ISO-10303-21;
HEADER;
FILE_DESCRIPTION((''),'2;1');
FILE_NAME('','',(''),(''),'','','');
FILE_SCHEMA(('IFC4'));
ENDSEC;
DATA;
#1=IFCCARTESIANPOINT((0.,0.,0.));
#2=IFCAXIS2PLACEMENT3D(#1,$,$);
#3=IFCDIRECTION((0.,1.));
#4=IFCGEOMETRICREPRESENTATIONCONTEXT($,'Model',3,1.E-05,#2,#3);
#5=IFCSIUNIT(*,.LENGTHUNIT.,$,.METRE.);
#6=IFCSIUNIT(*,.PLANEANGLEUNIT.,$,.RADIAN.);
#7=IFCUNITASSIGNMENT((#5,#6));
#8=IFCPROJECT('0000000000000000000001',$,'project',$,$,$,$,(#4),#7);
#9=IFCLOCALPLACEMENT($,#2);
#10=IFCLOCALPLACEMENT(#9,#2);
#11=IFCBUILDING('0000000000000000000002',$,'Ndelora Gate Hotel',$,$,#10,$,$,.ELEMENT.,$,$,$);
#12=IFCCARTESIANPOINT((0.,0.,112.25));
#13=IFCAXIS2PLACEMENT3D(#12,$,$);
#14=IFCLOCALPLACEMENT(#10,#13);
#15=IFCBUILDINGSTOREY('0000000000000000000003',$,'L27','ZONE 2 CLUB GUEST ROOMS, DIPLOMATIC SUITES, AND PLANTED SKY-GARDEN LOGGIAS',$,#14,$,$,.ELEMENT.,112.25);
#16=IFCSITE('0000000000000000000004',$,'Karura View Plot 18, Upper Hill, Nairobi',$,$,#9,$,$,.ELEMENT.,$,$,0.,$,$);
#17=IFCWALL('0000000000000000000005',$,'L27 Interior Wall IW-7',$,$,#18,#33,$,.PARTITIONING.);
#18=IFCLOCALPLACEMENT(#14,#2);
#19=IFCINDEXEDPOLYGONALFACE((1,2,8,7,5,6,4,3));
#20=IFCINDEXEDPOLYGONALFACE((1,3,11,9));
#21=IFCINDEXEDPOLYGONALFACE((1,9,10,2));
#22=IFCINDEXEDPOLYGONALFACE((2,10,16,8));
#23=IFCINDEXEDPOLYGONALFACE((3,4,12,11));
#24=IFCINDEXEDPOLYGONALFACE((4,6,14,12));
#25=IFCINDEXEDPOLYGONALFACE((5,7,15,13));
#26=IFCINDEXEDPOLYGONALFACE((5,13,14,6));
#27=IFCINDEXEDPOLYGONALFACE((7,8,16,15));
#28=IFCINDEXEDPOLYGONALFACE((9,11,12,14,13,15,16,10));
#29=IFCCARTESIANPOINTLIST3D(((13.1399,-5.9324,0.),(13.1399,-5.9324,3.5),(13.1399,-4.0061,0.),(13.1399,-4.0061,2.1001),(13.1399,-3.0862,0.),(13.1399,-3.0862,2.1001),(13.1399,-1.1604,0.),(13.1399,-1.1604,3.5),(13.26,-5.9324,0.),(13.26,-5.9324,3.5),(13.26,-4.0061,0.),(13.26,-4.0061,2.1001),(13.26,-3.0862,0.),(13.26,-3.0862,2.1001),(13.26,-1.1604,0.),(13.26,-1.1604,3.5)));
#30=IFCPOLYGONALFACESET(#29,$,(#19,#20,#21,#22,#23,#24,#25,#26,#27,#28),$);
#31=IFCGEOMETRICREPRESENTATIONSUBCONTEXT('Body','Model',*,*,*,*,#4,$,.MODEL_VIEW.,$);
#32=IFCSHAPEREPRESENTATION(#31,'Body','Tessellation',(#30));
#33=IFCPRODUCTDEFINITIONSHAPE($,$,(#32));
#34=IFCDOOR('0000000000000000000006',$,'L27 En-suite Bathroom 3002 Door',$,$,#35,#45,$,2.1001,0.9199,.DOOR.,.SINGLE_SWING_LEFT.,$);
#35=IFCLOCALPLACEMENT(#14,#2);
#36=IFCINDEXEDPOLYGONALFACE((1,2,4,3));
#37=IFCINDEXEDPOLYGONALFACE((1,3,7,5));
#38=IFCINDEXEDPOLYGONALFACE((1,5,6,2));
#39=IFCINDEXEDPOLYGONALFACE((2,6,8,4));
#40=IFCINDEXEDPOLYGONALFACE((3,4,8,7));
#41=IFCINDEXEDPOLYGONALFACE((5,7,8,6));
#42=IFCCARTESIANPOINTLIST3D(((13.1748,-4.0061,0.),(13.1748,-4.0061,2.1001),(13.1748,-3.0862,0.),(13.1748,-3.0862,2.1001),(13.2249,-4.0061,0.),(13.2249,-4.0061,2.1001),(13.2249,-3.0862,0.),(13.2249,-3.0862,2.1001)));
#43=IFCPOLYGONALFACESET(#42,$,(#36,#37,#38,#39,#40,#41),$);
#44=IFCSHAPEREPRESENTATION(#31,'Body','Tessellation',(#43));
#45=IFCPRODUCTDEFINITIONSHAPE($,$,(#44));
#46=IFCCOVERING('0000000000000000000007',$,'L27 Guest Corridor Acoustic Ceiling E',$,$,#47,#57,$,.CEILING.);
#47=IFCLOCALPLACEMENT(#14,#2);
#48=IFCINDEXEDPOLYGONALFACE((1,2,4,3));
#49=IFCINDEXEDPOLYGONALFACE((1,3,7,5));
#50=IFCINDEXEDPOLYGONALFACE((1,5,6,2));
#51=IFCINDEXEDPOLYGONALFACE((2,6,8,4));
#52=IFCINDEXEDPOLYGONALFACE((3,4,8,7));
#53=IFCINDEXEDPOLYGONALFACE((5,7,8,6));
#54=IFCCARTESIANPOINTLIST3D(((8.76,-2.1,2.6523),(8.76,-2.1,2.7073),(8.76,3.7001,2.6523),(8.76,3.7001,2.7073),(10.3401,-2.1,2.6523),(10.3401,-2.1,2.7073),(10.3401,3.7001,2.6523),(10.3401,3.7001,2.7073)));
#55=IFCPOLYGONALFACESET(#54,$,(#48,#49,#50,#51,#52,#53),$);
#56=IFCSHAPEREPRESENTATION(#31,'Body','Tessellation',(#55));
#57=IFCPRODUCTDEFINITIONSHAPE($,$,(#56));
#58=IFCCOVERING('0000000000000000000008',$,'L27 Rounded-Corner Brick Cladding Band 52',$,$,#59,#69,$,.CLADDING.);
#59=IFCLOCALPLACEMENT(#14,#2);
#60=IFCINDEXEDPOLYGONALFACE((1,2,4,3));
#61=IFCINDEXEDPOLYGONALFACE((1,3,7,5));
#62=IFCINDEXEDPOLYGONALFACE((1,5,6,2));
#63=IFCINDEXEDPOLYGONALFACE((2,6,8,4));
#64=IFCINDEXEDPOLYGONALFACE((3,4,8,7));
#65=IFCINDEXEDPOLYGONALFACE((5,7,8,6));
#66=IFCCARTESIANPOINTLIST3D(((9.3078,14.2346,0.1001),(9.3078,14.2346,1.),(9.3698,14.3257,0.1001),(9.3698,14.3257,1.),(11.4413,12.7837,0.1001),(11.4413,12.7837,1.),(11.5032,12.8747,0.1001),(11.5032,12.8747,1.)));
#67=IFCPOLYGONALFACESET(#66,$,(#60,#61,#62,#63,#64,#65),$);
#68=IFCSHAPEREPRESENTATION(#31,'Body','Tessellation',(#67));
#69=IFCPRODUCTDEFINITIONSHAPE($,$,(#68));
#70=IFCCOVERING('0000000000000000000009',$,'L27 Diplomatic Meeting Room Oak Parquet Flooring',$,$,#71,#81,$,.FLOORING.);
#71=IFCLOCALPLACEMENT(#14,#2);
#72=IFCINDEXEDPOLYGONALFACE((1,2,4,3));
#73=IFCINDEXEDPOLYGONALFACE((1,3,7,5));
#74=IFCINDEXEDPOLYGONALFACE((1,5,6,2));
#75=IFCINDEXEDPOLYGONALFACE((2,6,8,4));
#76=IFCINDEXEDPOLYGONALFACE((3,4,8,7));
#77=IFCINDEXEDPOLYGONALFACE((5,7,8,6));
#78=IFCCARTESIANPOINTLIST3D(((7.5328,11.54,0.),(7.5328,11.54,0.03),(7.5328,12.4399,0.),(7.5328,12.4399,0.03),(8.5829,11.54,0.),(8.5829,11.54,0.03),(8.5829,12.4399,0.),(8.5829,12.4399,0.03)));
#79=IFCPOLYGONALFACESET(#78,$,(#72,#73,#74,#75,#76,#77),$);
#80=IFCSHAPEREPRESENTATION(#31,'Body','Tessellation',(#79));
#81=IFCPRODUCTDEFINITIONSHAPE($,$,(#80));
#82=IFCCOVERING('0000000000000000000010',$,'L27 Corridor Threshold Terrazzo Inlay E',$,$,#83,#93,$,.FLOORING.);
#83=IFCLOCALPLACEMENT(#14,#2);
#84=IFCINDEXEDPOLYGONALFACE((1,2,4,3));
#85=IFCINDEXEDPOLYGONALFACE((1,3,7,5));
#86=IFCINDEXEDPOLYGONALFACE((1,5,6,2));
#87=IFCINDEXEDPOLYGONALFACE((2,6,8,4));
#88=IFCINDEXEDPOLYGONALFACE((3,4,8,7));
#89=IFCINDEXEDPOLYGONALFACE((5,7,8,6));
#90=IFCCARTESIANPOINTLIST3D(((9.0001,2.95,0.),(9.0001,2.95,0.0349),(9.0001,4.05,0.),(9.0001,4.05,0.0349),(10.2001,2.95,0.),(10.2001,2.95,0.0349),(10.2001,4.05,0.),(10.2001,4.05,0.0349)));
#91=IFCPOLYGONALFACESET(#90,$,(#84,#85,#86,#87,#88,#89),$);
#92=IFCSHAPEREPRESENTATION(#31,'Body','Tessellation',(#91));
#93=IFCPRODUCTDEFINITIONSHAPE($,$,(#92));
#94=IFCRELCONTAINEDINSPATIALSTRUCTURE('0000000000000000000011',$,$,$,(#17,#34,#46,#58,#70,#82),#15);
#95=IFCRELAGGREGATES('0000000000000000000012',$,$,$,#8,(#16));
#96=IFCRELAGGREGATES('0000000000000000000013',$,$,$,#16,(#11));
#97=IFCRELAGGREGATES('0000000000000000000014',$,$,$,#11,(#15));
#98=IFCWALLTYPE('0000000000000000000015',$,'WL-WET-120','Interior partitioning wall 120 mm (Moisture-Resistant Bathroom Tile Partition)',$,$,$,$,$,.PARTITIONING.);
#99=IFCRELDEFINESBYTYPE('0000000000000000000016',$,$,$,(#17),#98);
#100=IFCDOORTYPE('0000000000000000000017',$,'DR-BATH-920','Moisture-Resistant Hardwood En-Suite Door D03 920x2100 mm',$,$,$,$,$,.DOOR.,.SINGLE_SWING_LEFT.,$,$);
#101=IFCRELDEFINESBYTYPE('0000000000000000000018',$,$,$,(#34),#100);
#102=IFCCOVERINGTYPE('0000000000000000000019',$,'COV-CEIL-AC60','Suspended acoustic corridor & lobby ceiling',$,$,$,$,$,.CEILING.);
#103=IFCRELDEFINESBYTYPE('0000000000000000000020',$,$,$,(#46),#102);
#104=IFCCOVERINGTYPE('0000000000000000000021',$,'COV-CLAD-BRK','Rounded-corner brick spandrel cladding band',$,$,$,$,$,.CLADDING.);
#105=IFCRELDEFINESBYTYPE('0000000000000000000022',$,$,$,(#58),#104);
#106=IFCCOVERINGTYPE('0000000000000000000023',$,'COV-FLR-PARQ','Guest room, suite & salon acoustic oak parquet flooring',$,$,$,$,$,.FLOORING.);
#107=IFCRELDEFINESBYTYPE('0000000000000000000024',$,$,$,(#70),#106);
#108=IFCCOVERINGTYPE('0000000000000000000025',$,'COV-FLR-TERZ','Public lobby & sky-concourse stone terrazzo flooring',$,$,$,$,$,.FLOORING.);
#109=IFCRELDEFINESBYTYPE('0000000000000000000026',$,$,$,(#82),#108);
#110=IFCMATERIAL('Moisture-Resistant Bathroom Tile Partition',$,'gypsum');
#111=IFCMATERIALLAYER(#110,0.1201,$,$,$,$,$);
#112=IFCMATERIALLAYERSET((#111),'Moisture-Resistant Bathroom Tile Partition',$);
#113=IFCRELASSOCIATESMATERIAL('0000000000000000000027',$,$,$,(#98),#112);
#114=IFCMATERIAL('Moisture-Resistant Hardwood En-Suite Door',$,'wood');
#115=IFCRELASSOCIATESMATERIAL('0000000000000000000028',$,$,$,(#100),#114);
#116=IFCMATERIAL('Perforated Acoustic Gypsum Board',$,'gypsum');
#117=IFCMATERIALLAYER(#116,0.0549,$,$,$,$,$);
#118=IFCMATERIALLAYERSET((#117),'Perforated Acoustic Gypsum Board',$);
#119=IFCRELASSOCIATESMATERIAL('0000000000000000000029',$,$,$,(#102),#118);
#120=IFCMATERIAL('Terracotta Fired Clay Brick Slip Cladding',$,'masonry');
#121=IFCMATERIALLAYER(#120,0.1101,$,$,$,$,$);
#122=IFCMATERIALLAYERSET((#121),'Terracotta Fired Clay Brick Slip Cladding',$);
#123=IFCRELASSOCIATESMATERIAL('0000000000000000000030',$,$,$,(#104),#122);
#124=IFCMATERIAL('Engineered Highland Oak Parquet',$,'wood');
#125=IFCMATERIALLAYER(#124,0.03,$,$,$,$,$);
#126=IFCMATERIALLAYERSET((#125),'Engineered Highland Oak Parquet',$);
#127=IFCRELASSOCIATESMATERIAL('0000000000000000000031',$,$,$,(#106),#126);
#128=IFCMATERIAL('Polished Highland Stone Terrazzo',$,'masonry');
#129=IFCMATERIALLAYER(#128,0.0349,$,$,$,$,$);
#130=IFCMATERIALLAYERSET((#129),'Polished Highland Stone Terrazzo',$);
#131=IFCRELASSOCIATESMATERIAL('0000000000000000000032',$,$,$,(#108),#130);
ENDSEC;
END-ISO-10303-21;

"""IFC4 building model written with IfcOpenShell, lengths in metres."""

from ifc_helpers import new_model, si_unit, direction, frame, frame_2d, origin, origin_2d, place, context, subcontext, project, spatial, rectangle, extrude, material, layer, layer_set, type_object, element, fill, save


model = new_model("IFC4")

# Units and contexts
model_context = context("Model", 3, precision=1e-05, world=origin(), true_north=direction((0.0, 1.0)))
body_context = subcontext(model_context, "Body", "Model", "MODEL_VIEW")
ifc_project = project(units=[si_unit("LENGTHUNIT", "METRE"), si_unit("PLANEANGLEUNIT", "RADIAN")], contexts=[model_context])

# Site, building, storey
site_placement = place(None, origin())
site = spatial("IfcSite", under=ifc_project, at=site_placement, Name="Karura View Plot 18, Upper Hill, Nairobi", CompositionType="ELEMENT", RefElevation=0.0)
building_placement = place(site_placement, origin())
building = spatial("IfcBuilding", under=site, at=building_placement, Name="Ndelora Gate Hotel", CompositionType="ELEMENT")
storey_placement = place(building_placement, frame((0.0, 0.0, 112.25)))
storey = spatial("IfcBuildingStorey", under=building, at=storey_placement, Name="L27", Description="ZONE 2 CLUB GUEST ROOMS, DIPLOMATIC SUITES, AND PLANTED SKY-GARDEN LOGGIAS", CompositionType="ELEMENT", Elevation=112.25)

# Shared definitions
ifc_material_1 = material(Name="Moisture-Resistant Bathroom Tile Partition", Category="gypsum")
ifc_layer_1 = layer(ifc_material_1, 0.1201)
ifc_layer_set_1 = layer_set([ifc_layer_1], Name="Moisture-Resistant Bathroom Tile Partition")
wall_type_1 = type_object("IfcWallType", Name="WL-WET-120", Description="Interior partitioning wall 120 mm (Moisture-Resistant Bathroom Tile Partition)", PredefinedType="PARTITIONING", material=ifc_layer_set_1)

# Wall, opening, door
wall_1_placement = place(storey_placement, frame((13.2, -1.1604, 0.0), z_axis=(0.0, 0.0, 1.0), x_axis=(0.0, -1.0, 0.0)))
wall_1 = element("IfcWall", 1, at=wall_1_placement, inside=storey, type_object=wall_type_1, Name="L27 Interior Wall IW-7", PredefinedType="PARTITIONING", context=body_context, shape_type="SweptSolid", body=[
    extrude(rectangle(XDim=4.772, YDim=0.1201, at=frame_2d((2.386, 0.0))), origin(), (0.0, 0.0, 1.0), 3.5),
])
opening_1_placement = place(wall_1_placement, frame((1.9258, 0.0, 0.0)))
opening_1 = element("IfcOpeningElement", 2, at=opening_1_placement, cuts=wall_1, PredefinedType="OPENING", context=body_context, shape_type="SweptSolid", body=[
    extrude(rectangle(XDim=0.9199, YDim=2.1001, at=frame_2d((0.46, 1.05))), frame((0.0, 0.0701, 0.0), z_axis=(0.0, -1.0, 0.0), x_axis=(1.0, 0.0, 0.0)), (0.0, 0.0, 1.0), 0.1401),
])
ifc_material_2 = material(Name="Moisture-Resistant Hardwood En-Suite Door", Category="wood")
door_type_1 = type_object("IfcDoorType", Name="DR-BATH-920", Description="Moisture-Resistant Hardwood En-Suite Door D03 920x2100 mm", OperationType="SINGLE_SWING_LEFT", PredefinedType="DOOR", material=ifc_material_2)
door_1_placement = place(opening_1_placement, origin())
door_1 = element("IfcDoor", 3, at=door_1_placement, inside=storey, type_object=door_type_1, Name="L27 En-suite Bathroom 3002 Door", OperationType="SINGLE_SWING_LEFT", OverallHeight=2.1001, OverallWidth=0.9199, PredefinedType="DOOR", context=body_context, shape_type="SweptSolid", body=[
    extrude(rectangle(XDim=0.9199, YDim=2.1001, at=frame_2d((0.46, 1.05))), frame((0.0, 0.0249, 0.0), z_axis=(0.0, -1.0, 0.0), x_axis=(1.0, 0.0, 0.0)), (0.0, 0.0, 1.0), 0.05),
])
fill(opening_1, door_1)

# Coverings
ifc_material_3 = material(Name="Perforated Acoustic Gypsum Board", Category="gypsum")
ifc_layer_2 = layer(ifc_material_3, 0.0549)
ifc_layer_set_2 = layer_set([ifc_layer_2], Name="Perforated Acoustic Gypsum Board")
covering_type_1 = type_object("IfcCoveringType", Name="COV-CEIL-AC60", Description="Suspended acoustic corridor & lobby ceiling", PredefinedType="CEILING", material=ifc_layer_set_2)
covering_1_placement = place(storey_placement, frame((9.55, 0.8, 2.6523), z_axis=(0.0, 0.0, 1.0), x_axis=(1.0, 0.0, 0.0)))
element("IfcCovering", 4, at=covering_1_placement, inside=storey, type_object=covering_type_1, Name="L27 Guest Corridor Acoustic Ceiling E", PredefinedType="CEILING", context=body_context, shape_type="SweptSolid", body=[
    extrude(rectangle(XDim=1.5801, YDim=5.8, at=origin_2d()), origin(), (0.0, 0.0, 1.0), 0.0549),
])
ifc_material_4 = material(Name="Terracotta Fired Clay Brick Slip Cladding", Category="masonry")
ifc_layer_3 = layer(ifc_material_4, 0.1101)
ifc_layer_set_3 = layer_set([ifc_layer_3], Name="Terracotta Fired Clay Brick Slip Cladding")
covering_type_2 = type_object("IfcCoveringType", Name="COV-CLAD-BRK", Description="Rounded-corner brick spandrel cladding band", PredefinedType="CLADDING", material=ifc_layer_set_3)
covering_2_placement = place(storey_placement, frame((10.4055, 13.5547, 0.1001), z_axis=(0.0, 0.0, 1.0), x_axis=(-0.826884, 0.562372, 0.0)))
element("IfcCovering", 5, at=covering_2_placement, inside=storey, type_object=covering_type_2, Name="L27 Rounded-Corner Brick Cladding Band 52", PredefinedType="CLADDING", context=body_context, shape_type="SweptSolid", body=[
    extrude(rectangle(XDim=2.5801, YDim=0.1101, at=origin_2d()), origin(), (0.0, 0.0, 1.0), 0.8999),
])
ifc_material_5 = material(Name="Engineered Highland Oak Parquet", Category="wood")
ifc_layer_4 = layer(ifc_material_5, 0.03)
ifc_layer_set_4 = layer_set([ifc_layer_4], Name="Engineered Highland Oak Parquet")
covering_type_3 = type_object("IfcCoveringType", Name="COV-FLR-PARQ", Description="Guest room, suite & salon acoustic oak parquet flooring", PredefinedType="FLOORING", material=ifc_layer_set_4)
covering_3_placement = place(storey_placement, frame((8.0579, 11.99, 0.0), z_axis=(0.0, 0.0, 1.0), x_axis=(1.0, 0.0, 0.0)))
element("IfcCovering", 6, at=covering_3_placement, inside=storey, type_object=covering_type_3, Name="L27 Diplomatic Meeting Room Oak Parquet Flooring", PredefinedType="FLOORING", context=body_context, shape_type="SweptSolid", body=[
    extrude(rectangle(XDim=1.05, YDim=0.8999, at=origin_2d()), origin(), (0.0, 0.0, 1.0), 0.03),
])
ifc_material_6 = material(Name="Polished Highland Stone Terrazzo", Category="masonry")
ifc_layer_5 = layer(ifc_material_6, 0.0349)
ifc_layer_set_5 = layer_set([ifc_layer_5], Name="Polished Highland Stone Terrazzo")
covering_type_4 = type_object("IfcCoveringType", Name="COV-FLR-TERZ", Description="Public lobby & sky-concourse stone terrazzo flooring", PredefinedType="FLOORING", material=ifc_layer_set_5)
covering_4_placement = place(storey_placement, frame((9.6001, 3.5, 0.0), z_axis=(0.0, 0.0, 1.0), x_axis=(1.0, 0.0, 0.0)))
element("IfcCovering", 7, at=covering_4_placement, inside=storey, type_object=covering_type_4, Name="L27 Corridor Threshold Terrazzo Inlay E", PredefinedType="FLOORING", context=body_context, shape_type="SweptSolid", body=[
    extrude(rectangle(XDim=1.2, YDim=1.1001, at=origin_2d()), origin(), (0.0, 0.0, 1.0), 0.0349),
])

save(model, "model.ifc")
